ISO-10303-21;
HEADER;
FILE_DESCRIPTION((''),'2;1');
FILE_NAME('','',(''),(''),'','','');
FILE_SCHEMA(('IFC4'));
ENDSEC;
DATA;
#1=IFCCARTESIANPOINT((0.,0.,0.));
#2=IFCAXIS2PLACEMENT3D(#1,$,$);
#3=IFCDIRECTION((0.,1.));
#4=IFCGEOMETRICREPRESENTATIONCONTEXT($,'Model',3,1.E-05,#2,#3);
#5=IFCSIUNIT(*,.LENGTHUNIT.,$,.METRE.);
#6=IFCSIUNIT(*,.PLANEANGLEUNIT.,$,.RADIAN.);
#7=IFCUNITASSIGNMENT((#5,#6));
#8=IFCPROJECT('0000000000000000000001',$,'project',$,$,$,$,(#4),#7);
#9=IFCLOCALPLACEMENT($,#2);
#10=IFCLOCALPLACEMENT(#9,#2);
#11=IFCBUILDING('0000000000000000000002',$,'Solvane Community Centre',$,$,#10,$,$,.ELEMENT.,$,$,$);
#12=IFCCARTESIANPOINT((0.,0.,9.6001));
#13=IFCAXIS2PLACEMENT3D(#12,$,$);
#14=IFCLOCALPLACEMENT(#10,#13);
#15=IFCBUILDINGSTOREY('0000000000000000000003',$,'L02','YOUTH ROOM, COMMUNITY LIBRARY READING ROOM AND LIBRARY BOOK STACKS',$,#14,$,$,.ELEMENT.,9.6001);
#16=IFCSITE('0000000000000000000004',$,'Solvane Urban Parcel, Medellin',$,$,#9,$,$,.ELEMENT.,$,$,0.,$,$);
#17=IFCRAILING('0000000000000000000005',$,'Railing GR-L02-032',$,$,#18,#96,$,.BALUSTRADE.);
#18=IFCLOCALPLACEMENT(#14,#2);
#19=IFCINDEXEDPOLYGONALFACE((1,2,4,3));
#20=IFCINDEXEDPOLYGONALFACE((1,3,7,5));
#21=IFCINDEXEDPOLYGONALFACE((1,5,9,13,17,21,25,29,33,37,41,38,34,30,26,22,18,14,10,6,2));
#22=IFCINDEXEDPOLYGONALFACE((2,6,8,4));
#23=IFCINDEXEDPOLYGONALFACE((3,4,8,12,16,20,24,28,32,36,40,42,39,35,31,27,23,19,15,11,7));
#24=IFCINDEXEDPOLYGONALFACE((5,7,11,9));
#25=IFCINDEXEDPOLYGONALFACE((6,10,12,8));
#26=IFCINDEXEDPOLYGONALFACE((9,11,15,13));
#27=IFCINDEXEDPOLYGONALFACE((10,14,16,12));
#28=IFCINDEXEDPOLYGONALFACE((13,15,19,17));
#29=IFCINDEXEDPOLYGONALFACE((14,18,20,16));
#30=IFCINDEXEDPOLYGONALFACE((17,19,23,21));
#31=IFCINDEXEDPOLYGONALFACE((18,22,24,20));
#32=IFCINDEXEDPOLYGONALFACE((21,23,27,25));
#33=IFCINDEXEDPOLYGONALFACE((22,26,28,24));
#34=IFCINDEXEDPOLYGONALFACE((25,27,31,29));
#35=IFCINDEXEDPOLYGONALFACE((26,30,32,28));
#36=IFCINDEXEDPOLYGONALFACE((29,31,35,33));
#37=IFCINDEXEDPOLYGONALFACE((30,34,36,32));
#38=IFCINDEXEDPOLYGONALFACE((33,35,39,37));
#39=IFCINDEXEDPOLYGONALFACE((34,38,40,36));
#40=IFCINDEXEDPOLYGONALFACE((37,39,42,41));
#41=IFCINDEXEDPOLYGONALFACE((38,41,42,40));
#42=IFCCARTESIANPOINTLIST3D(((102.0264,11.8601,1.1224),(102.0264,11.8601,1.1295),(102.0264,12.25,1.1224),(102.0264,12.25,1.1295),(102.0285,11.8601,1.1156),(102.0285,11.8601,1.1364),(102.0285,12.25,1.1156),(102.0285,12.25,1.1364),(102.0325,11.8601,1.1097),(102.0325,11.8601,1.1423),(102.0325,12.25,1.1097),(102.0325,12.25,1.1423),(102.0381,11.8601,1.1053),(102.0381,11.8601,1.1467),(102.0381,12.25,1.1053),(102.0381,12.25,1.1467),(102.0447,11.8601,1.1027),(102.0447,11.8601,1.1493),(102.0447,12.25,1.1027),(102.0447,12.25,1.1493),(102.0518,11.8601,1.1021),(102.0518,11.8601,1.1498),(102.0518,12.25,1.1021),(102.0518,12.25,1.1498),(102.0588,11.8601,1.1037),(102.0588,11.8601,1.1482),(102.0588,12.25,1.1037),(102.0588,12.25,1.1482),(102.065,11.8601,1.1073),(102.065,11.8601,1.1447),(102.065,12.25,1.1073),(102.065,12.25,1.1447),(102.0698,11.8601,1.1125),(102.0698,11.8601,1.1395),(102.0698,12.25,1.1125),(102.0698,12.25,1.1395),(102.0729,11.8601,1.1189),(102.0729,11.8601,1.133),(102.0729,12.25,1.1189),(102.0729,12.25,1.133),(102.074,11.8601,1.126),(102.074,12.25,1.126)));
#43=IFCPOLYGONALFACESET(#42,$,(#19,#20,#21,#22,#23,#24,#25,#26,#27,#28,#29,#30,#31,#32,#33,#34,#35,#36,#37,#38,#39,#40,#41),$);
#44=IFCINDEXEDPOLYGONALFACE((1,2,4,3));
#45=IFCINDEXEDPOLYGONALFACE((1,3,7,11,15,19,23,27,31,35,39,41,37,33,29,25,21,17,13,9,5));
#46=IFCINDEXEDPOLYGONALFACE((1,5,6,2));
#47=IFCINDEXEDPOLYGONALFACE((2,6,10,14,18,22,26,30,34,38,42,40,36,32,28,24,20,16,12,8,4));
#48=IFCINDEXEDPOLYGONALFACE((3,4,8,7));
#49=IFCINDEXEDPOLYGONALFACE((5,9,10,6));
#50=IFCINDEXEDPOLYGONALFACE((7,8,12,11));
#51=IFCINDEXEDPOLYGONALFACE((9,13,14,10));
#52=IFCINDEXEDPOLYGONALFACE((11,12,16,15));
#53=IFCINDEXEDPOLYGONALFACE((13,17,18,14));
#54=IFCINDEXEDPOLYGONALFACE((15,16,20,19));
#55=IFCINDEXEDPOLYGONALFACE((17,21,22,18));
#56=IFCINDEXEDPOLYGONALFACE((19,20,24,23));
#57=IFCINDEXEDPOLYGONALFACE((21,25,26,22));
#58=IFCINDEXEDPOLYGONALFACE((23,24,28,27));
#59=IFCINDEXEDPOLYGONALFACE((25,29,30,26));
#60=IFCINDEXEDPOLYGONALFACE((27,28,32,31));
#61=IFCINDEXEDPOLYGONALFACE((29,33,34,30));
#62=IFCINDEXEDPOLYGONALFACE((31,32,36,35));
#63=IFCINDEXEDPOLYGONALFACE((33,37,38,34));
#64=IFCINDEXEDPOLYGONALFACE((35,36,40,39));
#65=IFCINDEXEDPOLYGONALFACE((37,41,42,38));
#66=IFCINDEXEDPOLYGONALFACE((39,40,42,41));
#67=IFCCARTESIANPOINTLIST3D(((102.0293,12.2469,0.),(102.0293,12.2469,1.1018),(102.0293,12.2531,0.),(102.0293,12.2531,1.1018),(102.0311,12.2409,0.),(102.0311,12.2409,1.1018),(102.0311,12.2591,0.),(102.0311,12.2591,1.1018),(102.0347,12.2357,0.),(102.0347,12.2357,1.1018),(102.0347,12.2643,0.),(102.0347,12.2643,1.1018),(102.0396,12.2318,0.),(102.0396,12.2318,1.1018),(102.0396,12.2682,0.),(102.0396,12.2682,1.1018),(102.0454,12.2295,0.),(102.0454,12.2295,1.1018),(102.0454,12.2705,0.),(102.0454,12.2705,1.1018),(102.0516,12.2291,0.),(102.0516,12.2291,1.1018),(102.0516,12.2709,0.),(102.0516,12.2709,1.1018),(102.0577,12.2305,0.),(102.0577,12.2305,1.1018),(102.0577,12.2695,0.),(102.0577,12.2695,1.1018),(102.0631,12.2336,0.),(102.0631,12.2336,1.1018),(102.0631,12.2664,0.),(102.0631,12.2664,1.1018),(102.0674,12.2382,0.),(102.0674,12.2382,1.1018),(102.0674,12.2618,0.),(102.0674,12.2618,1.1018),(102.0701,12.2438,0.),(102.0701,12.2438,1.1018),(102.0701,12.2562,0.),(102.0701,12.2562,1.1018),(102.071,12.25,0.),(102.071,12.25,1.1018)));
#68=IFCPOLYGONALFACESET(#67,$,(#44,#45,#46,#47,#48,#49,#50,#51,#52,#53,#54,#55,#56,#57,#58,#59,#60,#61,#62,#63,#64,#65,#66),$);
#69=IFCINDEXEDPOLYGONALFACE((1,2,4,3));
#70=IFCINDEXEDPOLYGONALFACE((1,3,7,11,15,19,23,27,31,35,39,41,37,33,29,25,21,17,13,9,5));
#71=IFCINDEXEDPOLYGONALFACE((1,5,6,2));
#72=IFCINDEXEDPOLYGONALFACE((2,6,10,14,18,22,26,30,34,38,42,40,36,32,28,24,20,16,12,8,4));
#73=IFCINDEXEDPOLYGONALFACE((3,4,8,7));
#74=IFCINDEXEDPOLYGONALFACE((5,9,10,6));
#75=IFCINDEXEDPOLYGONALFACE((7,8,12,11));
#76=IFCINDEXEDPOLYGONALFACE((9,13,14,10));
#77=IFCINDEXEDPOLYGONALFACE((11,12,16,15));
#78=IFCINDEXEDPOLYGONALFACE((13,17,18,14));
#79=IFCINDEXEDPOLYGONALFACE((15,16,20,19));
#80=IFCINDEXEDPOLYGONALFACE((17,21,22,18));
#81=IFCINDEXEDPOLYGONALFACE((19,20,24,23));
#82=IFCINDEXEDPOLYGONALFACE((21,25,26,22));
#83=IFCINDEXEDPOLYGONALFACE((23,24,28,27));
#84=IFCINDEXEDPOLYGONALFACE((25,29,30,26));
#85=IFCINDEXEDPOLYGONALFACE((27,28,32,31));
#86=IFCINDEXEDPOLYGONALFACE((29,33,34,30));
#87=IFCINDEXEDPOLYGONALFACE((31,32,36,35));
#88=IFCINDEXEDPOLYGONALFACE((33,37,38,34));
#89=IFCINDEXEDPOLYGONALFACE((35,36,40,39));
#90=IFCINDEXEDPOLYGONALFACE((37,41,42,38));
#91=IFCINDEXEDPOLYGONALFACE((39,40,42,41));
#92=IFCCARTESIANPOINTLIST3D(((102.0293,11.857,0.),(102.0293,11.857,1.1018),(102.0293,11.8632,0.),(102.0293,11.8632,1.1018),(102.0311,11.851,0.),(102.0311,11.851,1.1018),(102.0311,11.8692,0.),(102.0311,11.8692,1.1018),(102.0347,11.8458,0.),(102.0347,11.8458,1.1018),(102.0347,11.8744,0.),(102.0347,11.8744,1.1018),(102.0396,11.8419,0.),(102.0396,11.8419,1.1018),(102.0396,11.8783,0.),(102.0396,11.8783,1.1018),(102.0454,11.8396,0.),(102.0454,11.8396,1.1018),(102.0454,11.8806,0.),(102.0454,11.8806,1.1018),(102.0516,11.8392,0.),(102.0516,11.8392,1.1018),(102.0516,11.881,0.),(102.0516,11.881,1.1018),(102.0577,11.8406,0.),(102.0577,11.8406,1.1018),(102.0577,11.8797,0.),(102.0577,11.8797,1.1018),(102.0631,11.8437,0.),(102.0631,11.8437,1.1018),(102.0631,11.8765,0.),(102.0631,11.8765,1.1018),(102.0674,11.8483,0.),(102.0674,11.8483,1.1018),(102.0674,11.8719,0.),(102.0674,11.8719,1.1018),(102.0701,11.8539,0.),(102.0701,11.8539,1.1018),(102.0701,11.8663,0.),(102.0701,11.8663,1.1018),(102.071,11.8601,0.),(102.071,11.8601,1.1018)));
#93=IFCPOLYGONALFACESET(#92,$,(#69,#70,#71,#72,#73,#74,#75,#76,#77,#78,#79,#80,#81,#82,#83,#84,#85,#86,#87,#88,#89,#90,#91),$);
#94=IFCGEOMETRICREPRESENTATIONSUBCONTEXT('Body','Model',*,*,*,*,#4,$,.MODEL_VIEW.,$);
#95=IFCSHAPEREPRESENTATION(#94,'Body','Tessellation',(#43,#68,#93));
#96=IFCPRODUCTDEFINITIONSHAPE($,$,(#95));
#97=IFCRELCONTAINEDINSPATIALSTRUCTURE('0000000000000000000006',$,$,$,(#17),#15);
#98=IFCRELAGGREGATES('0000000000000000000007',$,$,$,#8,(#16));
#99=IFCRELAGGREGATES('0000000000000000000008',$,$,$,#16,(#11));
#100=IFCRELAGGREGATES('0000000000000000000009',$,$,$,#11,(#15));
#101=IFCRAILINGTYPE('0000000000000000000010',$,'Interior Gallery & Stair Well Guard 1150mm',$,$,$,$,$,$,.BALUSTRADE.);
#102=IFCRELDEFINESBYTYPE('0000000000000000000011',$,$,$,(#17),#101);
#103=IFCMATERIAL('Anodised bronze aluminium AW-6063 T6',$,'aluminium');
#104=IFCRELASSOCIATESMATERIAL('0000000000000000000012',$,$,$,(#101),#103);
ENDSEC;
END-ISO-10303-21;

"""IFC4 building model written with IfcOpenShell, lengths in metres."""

from ifc_helpers import new_model, si_unit, direction, frame, origin, origin_2d, place, context, subcontext, project, spatial, circle, extrude, material, type_object, element, save


model = new_model("IFC4")

# Units and contexts
model_context = context("Model", 3, precision=1e-05, world=origin(), true_north=direction((0.0, 1.0)))
body_context = subcontext(model_context, "Body", "Model", "MODEL_VIEW")
ifc_project = project(units=[si_unit("LENGTHUNIT", "METRE"), si_unit("PLANEANGLEUNIT", "RADIAN")], contexts=[model_context])

# Site, building, storey
site_placement = place(None, origin())
site = spatial("IfcSite", under=ifc_project, at=site_placement, Name="Solvane Urban Parcel, Medellin", CompositionType="ELEMENT", RefElevation=0.0)
building_placement = place(site_placement, origin())
building = spatial("IfcBuilding", under=site, at=building_placement, Name="Solvane Community Centre", CompositionType="ELEMENT")
storey_placement = place(building_placement, frame((0.0, 0.0, 9.6001)))
storey = spatial("IfcBuildingStorey", under=building, at=storey_placement, Name="L02", Description="YOUTH ROOM, COMMUNITY LIBRARY READING ROOM AND LIBRARY BOOK STACKS", CompositionType="ELEMENT", Elevation=9.6001)

# Shared definitions
ifc_material_1 = material(Name="Anodised bronze aluminium AW-6063 T6", Category="aluminium")

# Railing
railing_type_1 = type_object("IfcRailingType", Name="Interior Gallery & Stair Well Guard 1150mm", PredefinedType="BALUSTRADE", material=ifc_material_1)
railing_1_placement = place(storey_placement, frame((102.05, 12.25, 0.0)))
element("IfcRailing", 1, at=railing_1_placement, inside=storey, type_object=railing_type_1, Name="Railing GR-L02-032", PredefinedType="BALUSTRADE", context=body_context, shape_type="SweptSolid", body=[
    extrude(circle(Radius=0.0239, at=origin_2d()), frame((0.0, 0.0, 1.126), z_axis=(0.0, -1.0, 0.0), x_axis=(1.0, 0.0, 0.0)), (0.0, 0.0, 1.0), 0.3899),
    extrude(circle(Radius=0.021, at=origin_2d()), origin(), (0.0, 0.0, 1.0), 1.1018),
    extrude(circle(Radius=0.021, at=origin_2d()), frame((0.0, -0.3899, 0.0)), (0.0, 0.0, 1.0), 1.1018),
])

save(model, "model.ifc")
